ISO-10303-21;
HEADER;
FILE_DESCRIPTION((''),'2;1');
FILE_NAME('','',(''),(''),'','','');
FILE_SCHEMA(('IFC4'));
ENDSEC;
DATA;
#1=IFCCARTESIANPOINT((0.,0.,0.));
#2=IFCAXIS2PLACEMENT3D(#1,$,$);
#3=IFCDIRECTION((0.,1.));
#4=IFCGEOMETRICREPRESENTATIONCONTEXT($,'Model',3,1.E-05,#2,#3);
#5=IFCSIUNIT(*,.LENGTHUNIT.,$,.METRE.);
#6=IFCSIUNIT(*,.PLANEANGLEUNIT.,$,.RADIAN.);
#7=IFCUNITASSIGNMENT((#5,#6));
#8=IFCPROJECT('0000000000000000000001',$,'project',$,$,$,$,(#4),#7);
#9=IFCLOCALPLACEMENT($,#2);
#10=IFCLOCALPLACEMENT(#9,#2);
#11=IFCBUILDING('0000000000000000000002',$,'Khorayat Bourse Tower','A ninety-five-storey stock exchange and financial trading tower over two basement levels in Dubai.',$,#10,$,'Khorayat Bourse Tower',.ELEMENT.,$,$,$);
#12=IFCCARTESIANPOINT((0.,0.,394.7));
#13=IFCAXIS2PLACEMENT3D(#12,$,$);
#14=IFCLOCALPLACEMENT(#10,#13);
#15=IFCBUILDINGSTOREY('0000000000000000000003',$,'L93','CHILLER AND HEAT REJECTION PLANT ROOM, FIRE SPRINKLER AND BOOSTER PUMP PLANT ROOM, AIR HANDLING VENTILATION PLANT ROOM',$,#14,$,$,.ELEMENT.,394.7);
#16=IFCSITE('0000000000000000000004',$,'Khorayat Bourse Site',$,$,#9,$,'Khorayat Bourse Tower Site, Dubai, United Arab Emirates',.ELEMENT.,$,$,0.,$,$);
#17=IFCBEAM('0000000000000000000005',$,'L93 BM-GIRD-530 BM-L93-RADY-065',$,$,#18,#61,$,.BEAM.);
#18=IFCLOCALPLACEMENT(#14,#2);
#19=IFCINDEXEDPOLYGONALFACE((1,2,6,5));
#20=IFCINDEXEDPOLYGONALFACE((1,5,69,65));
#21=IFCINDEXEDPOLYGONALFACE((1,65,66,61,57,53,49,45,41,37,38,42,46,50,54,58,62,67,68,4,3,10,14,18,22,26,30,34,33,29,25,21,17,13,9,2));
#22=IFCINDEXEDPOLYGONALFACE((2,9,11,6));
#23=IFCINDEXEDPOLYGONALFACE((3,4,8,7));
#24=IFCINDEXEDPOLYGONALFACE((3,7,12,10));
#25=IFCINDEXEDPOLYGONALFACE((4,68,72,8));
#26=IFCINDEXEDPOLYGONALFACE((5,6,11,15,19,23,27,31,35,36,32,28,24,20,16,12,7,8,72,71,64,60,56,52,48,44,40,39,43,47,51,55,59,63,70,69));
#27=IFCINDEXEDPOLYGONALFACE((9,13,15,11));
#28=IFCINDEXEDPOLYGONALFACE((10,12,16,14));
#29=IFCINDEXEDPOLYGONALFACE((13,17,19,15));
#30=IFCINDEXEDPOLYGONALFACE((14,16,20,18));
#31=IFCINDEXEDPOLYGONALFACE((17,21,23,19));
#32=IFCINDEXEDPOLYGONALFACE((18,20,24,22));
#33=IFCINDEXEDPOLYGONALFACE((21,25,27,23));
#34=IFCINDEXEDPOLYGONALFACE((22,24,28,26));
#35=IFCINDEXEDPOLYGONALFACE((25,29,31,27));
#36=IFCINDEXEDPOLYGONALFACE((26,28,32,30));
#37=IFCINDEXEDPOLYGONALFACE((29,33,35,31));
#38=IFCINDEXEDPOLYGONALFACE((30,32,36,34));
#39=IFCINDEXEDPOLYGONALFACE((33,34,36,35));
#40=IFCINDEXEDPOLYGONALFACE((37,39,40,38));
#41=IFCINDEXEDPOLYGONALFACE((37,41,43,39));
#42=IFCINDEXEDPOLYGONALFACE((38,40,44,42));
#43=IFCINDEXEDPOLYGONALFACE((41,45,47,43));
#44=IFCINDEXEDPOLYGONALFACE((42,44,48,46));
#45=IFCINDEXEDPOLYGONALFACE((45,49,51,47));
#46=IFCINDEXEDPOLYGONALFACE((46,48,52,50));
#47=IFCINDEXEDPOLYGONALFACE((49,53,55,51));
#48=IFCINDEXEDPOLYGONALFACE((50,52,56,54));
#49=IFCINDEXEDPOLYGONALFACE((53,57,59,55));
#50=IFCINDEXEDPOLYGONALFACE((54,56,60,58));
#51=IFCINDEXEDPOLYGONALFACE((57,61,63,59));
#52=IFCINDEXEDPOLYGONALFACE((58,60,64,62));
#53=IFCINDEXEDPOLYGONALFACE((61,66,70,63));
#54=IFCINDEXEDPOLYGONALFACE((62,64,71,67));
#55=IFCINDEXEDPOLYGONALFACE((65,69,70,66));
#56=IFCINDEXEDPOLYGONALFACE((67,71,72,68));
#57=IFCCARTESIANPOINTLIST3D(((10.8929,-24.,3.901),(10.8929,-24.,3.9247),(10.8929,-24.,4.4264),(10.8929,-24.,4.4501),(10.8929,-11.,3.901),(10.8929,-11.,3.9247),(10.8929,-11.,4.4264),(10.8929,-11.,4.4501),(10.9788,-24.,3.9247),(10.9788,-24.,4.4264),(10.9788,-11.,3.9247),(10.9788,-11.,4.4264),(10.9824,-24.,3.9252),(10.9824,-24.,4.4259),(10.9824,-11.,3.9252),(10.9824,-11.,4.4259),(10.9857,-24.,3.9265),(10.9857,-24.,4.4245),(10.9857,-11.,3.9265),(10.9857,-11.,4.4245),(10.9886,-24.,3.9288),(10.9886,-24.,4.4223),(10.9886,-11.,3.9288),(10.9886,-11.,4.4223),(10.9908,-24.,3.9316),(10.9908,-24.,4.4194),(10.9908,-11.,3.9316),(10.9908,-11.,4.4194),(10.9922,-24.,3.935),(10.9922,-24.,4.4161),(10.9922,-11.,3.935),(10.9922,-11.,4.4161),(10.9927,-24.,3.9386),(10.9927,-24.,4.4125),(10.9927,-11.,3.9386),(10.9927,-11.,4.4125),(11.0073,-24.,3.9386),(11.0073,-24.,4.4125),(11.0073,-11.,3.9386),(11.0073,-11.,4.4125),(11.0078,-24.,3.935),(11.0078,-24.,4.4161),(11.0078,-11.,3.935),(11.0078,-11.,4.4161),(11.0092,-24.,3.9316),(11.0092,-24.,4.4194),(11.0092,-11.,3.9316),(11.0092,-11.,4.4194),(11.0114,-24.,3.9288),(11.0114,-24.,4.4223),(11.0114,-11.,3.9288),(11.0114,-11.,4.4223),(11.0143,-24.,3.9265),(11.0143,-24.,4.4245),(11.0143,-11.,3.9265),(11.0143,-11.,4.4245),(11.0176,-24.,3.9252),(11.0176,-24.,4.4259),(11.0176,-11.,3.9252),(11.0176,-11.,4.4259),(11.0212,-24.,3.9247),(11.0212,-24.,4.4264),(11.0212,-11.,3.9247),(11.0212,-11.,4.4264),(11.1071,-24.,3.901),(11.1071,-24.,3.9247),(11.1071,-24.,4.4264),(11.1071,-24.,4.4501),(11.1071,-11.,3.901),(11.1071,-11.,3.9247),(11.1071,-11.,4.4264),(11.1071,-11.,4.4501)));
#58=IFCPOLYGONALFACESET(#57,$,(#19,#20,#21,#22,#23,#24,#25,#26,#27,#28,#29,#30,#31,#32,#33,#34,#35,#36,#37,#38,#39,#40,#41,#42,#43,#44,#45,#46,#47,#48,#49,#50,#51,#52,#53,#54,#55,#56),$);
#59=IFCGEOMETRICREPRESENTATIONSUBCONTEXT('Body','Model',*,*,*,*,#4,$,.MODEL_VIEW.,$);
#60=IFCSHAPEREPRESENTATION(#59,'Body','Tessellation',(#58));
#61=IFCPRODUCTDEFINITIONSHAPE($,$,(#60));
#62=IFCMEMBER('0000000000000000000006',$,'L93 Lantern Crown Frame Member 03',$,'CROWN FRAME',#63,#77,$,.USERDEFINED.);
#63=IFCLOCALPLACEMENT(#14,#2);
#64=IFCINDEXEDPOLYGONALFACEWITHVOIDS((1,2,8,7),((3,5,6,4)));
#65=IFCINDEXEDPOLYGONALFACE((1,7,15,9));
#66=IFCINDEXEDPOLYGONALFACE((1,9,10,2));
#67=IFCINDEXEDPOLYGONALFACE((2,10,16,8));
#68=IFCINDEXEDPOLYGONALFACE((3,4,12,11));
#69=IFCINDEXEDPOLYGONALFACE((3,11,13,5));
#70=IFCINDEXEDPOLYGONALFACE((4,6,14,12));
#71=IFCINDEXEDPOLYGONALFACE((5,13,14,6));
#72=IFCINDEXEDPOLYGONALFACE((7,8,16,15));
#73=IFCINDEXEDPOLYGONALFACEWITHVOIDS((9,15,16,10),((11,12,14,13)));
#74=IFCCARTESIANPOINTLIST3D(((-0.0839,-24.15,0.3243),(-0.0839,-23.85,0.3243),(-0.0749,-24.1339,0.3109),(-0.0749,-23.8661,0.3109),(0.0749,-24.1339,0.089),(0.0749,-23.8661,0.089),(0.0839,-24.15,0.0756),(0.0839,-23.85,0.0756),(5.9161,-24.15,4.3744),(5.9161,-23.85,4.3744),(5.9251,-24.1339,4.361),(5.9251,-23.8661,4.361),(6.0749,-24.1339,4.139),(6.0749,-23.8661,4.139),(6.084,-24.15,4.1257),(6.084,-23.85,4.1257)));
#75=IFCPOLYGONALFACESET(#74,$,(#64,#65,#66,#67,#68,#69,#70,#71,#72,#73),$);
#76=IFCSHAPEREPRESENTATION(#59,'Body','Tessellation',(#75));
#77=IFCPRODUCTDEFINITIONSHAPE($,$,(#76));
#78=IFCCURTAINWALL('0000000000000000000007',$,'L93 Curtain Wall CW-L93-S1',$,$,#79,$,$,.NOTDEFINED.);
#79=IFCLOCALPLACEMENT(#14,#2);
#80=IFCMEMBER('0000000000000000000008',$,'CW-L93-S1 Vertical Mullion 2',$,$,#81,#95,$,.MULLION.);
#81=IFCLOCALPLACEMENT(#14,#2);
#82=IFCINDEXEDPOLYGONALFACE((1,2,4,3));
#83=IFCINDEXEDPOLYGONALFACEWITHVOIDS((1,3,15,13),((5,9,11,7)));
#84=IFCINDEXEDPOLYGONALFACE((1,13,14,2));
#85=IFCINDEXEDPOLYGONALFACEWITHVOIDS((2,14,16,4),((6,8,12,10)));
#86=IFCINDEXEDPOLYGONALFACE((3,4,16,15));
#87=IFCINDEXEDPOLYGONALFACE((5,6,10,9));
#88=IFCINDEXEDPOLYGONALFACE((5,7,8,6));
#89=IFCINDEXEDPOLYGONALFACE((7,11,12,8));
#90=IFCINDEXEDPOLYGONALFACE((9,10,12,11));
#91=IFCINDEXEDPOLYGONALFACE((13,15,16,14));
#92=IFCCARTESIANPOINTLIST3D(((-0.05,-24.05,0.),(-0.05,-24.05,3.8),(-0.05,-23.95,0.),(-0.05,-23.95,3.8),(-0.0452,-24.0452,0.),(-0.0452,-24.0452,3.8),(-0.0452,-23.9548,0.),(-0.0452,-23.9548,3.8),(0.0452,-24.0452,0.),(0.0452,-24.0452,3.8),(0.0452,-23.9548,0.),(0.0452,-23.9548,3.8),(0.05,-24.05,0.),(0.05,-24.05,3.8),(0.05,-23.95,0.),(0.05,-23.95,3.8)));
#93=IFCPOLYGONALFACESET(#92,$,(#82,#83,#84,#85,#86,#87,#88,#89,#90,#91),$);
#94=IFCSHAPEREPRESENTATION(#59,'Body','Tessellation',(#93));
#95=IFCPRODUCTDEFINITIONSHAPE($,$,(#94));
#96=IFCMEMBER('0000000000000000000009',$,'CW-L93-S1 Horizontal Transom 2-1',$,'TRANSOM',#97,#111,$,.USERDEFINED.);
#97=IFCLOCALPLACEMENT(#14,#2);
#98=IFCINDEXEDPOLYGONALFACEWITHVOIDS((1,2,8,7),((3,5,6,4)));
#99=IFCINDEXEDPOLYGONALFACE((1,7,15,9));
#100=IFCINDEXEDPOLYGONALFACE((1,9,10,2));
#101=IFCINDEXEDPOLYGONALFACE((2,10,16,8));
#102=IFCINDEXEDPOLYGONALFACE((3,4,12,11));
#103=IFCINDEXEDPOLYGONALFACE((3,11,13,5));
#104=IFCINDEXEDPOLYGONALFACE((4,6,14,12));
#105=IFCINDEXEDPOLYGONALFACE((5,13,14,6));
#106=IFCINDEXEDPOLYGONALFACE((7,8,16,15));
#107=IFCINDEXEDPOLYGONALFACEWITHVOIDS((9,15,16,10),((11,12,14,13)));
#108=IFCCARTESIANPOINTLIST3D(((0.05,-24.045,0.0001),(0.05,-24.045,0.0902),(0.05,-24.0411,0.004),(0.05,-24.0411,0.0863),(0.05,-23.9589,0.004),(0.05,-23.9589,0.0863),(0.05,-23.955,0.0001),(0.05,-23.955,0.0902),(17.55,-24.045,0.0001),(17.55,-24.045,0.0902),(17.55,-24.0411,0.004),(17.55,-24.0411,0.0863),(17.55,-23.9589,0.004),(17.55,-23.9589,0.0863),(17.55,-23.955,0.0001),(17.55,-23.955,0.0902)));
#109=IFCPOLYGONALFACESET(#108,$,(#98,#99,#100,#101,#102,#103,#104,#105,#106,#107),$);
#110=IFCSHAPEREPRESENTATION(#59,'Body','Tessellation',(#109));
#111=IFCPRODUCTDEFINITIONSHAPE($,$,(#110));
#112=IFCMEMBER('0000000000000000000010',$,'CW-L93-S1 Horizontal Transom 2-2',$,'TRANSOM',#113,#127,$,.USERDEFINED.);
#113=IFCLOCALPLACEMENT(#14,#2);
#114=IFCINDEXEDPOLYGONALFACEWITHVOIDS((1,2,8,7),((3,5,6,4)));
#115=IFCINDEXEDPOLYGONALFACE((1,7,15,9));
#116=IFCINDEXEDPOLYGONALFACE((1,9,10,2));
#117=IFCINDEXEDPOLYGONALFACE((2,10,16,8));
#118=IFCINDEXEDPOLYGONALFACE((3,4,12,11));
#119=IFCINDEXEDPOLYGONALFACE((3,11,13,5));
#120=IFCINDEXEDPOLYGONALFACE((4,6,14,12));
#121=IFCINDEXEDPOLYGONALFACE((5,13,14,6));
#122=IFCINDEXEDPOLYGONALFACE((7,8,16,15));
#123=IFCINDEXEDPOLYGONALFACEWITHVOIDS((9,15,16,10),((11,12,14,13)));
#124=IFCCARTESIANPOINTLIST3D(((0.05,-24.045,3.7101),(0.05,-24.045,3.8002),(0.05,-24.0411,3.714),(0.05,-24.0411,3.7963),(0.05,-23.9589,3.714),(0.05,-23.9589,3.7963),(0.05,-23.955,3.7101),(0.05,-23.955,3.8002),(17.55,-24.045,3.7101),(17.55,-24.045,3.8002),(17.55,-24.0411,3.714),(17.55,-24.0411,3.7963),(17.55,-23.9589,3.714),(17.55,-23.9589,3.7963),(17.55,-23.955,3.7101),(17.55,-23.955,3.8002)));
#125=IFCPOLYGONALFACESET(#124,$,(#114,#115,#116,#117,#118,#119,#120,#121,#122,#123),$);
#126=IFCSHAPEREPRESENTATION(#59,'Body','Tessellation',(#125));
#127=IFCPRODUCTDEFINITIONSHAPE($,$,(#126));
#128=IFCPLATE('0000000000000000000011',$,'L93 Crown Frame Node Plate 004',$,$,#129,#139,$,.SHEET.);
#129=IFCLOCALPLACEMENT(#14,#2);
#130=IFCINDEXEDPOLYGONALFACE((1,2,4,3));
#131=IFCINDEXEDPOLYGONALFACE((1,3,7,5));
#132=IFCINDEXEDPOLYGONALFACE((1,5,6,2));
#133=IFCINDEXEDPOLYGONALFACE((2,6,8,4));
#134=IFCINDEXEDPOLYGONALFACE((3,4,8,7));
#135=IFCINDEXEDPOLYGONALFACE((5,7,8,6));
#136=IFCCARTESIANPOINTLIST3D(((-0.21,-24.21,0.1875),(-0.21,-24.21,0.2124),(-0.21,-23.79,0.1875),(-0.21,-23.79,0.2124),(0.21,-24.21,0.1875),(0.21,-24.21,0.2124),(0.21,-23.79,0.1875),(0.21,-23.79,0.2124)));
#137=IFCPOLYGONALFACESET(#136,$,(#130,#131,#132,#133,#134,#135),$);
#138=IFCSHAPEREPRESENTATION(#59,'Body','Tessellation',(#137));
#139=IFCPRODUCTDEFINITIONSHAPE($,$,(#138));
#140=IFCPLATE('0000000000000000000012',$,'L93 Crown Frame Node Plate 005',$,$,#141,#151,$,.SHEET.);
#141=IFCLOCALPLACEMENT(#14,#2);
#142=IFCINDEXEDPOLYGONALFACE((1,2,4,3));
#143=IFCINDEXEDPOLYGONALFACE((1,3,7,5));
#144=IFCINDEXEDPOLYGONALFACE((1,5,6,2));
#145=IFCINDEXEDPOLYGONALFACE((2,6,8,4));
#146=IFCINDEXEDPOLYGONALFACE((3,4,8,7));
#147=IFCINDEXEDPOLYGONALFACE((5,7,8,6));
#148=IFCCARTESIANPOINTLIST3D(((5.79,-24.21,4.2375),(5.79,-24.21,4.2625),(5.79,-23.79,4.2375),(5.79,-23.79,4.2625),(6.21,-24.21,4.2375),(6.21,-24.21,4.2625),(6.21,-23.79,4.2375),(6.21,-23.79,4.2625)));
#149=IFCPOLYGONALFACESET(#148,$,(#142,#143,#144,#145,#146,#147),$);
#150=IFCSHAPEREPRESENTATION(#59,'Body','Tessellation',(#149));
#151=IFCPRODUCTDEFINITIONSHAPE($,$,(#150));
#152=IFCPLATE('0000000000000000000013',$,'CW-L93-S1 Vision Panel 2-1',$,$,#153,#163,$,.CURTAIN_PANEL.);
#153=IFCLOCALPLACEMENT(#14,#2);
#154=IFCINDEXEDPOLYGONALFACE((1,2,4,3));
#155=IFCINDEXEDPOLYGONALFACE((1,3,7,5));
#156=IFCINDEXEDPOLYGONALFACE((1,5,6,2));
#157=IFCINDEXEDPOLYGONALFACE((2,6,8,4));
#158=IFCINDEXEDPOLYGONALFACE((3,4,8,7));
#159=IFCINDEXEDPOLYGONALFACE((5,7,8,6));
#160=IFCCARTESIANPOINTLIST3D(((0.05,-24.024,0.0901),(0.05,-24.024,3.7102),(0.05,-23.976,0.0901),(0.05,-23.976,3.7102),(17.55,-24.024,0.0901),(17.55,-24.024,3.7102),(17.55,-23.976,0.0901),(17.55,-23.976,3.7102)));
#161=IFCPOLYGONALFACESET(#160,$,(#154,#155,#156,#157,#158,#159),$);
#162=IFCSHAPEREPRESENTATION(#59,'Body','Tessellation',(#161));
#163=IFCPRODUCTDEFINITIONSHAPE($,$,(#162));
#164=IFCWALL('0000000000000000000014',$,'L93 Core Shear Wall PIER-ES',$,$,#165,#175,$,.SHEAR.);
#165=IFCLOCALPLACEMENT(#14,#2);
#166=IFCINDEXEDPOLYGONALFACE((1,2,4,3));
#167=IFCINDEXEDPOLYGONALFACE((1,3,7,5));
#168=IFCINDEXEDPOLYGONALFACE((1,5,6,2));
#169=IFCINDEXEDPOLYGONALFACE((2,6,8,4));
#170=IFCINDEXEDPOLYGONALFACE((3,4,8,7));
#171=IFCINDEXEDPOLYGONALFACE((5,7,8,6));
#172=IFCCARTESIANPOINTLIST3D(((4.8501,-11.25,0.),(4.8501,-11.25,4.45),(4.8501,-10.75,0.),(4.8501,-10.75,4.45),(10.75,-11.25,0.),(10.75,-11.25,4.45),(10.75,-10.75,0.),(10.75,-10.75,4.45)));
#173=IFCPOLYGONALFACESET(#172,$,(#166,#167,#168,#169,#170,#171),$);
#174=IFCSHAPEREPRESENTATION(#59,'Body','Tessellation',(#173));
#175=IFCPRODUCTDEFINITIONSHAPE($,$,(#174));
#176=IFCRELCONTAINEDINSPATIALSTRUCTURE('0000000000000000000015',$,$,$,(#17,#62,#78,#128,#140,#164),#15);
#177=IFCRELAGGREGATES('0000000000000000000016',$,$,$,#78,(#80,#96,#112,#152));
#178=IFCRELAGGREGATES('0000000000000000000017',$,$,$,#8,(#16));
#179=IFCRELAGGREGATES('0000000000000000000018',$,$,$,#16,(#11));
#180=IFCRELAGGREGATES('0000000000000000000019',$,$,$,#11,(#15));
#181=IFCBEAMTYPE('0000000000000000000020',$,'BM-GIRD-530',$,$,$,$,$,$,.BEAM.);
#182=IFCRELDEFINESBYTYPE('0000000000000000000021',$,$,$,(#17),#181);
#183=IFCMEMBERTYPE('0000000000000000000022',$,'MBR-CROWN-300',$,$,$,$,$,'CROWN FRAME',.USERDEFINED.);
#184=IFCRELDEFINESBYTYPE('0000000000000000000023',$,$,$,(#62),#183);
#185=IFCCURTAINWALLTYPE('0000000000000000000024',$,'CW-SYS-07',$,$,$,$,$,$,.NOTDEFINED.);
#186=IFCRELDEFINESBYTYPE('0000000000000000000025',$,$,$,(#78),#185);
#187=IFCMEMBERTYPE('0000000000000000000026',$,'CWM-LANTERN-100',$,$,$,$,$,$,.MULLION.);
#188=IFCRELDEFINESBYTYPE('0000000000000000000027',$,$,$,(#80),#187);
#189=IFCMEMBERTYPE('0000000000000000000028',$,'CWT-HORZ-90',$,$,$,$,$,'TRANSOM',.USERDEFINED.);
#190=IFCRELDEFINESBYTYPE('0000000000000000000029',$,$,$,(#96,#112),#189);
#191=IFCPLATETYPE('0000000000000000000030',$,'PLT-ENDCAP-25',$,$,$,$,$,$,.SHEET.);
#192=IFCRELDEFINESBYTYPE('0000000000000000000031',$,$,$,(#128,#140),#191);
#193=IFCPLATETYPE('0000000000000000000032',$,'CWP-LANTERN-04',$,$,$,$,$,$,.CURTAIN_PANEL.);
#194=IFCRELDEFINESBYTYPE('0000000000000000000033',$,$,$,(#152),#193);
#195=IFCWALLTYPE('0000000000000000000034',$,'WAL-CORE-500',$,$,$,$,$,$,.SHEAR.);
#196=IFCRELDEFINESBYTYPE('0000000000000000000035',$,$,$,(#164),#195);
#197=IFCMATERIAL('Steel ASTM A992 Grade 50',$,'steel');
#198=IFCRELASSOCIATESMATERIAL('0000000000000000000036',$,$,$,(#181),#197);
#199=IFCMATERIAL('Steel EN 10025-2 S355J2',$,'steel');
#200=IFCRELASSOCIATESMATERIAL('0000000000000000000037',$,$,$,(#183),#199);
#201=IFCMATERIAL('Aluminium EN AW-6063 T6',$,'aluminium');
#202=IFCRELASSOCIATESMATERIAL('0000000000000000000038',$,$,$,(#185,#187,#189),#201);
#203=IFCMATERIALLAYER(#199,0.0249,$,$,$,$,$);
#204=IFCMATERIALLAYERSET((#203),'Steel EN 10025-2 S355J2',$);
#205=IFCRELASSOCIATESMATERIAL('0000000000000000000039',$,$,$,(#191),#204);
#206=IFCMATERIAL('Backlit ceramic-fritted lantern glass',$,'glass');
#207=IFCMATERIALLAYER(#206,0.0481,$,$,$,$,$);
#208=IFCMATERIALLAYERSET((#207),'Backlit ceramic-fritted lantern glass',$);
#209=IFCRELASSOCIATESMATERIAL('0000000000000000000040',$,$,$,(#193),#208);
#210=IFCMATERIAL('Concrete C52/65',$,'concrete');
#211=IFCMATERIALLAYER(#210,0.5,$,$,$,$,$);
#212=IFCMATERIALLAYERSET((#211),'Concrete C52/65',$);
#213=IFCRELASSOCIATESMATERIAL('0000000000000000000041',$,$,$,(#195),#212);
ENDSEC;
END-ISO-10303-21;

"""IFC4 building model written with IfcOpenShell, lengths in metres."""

from ifc_helpers import new_model, si_unit, direction, frame, frame_2d, origin, origin_2d, place, context, subcontext, project, spatial, rectangle, hollow_rectangle, i_section, extrude, source, transform, mapped, material, layer, layer_set, material_profile, profile_set, type_object, element, aggregate, save


model = new_model("IFC4")

# Units and contexts
model_context = context("Model", 3, precision=1e-05, world=origin(), true_north=direction((0.0, 1.0)))
body_context = subcontext(model_context, "Body", "Model", "MODEL_VIEW")
ifc_project = project(units=[si_unit("LENGTHUNIT", "METRE"), si_unit("PLANEANGLEUNIT", "RADIAN")], contexts=[model_context])

# Site, building, storey
site_placement = place(None, origin())
site = spatial("IfcSite", under=ifc_project, at=site_placement, Name="Khorayat Bourse Site", LongName="Khorayat Bourse Tower Site, Dubai, United Arab Emirates", CompositionType="ELEMENT", RefElevation=0.0)
building_placement = place(site_placement, origin())
building = spatial("IfcBuilding", under=site, at=building_placement, Name="Khorayat Bourse Tower", Description="A ninety-five-storey stock exchange and financial trading tower over two basement levels in Dubai.", LongName="Khorayat Bourse Tower", CompositionType="ELEMENT")
storey_placement = place(building_placement, frame((0.0, 0.0, 394.7)))
storey = spatial("IfcBuildingStorey", under=building, at=storey_placement, Name="L93", Description="CHILLER AND HEAT REJECTION PLANT ROOM, FIRE SPRINKLER AND BOOSTER PUMP PLANT ROOM, AIR HANDLING VENTILATION PLANT ROOM", CompositionType="ELEMENT", Elevation=394.7)

# Shared definitions
ifc_material_1 = material(Name="Concrete C52/65", Category="concrete")
ifc_material_2 = material(Name="Steel EN 10025-2 S355J2", Category="steel")

# Beam
ifc_material_3 = material(Name="Steel ASTM A992 Grade 50", Category="steel")
ifc_material_profile_1 = material_profile(ifc_material_3, i_section(OverallWidth=0.2141, OverallDepth=0.5491, WebThickness=0.0146, FlangeThickness=0.0237, FilletRadius=0.0139, at=origin_2d()), Name="W530X138")
ifc_profile_set_1 = profile_set([ifc_material_profile_1], Name="Steel ASTM A992 Grade 50")
beam_type_1 = type_object("IfcBeamType", Name="BM-GIRD-530", PredefinedType="BEAM", material=ifc_profile_set_1)
shared_shape_1 = source(origin(), body_context, "Body", "SweptSolid", [
    extrude(i_section(OverallWidth=0.2141, OverallDepth=0.5491, WebThickness=0.0146, FlangeThickness=0.0237, FilletRadius=0.0139, at=origin_2d()), origin(), (0.0, 0.0, 1.0), 13.0),
])
for number, where, z_axis, x_axis, name in (
    (1, (11.0, -24.0, 4.1755), (0.0, 1.0, 0.0), (-1.0, 0.0, 0.0), "L93 BM-GIRD-530 BM-L93-RADY-065"),
):
    element("IfcBeam", number, at=place(storey_placement, frame(where, z_axis=z_axis, x_axis=x_axis)), inside=storey, type_object=beam_type_1, Name=name, PredefinedType="BEAM", context=body_context, shape_type="MappedRepresentation", body=[
        mapped(shared_shape_1, transform((0.0, 0.0, 0.0), scale=1.0)),
    ])

# Member
ifc_material_profile_2 = material_profile(ifc_material_2, hollow_rectangle(XDim=0.3, YDim=0.3, WallThickness=0.0161, at=origin_2d()), Name="HSS 300x300x16")
ifc_profile_set_2 = profile_set([ifc_material_profile_2], Name="Steel EN 10025-2 S355J2")
member_type_1 = type_object("IfcMemberType", Name="MBR-CROWN-300", ElementType="CROWN FRAME", PredefinedType="USERDEFINED", material=ifc_profile_set_2)
shared_shape_2 = source(origin(), body_context, "Body", "SweptSolid", [
    extrude(hollow_rectangle(XDim=0.3, YDim=0.3, WallThickness=0.0161, at=origin_2d()), origin(), (0.0, 0.0, 1.0), 7.239),
])
member_1_placement = place(storey_placement, frame((0.0, -24.0, 0.2), z_axis=(0.828846, 0.0, 0.559477), x_axis=(0.0, 1.0, 0.0)))
element("IfcMember", 2, at=member_1_placement, inside=storey, type_object=member_type_1, Name="L93 Lantern Crown Frame Member 03", ObjectType="CROWN FRAME", PredefinedType="USERDEFINED", context=body_context, shape_type="MappedRepresentation", body=[
    mapped(shared_shape_2, transform((0.0, 0.0, 0.0), scale=1.0)),
])

# Curtain wall, members
ifc_material_4 = material(Name="Aluminium EN AW-6063 T6", Category="aluminium")
curtain_wall_type = type_object("IfcCurtainWallType", Name="CW-SYS-07", PredefinedType="NOTDEFINED", material=ifc_material_4)
curtain_wall_placement = place(storey_placement, origin())
curtain_wall = element("IfcCurtainWall", 3, at=curtain_wall_placement, inside=storey, type_object=curtain_wall_type, Name="L93 Curtain Wall CW-L93-S1", PredefinedType="NOTDEFINED")
ifc_material_profile_3 = material_profile(ifc_material_4, hollow_rectangle(XDim=0.1001, YDim=0.1001, WallThickness=0.0049, at=origin_2d()), Name="ALU 100x100x5")
ifc_profile_set_3 = profile_set([ifc_material_profile_3], Name="Aluminium EN AW-6063 T6")
member_type_2 = type_object("IfcMemberType", Name="CWM-LANTERN-100", PredefinedType="MULLION", material=ifc_profile_set_3)
shared_shape_3 = source(origin(), body_context, "Body", "SweptSolid", [
    extrude(hollow_rectangle(XDim=0.1001, YDim=0.1001, WallThickness=0.0049, at=origin_2d()), origin(), (0.0, 0.0, 1.0), 3.8),
])
member_2_placement = place(storey_placement, frame((0.0, -24.0, 0.0), z_axis=(0.0, 0.0, 1.0), x_axis=(0.0, 1.0, 0.0)))
member_2 = element("IfcMember", 4, at=member_2_placement, type_object=member_type_2, Name="CW-L93-S1 Vertical Mullion 2", PredefinedType="MULLION", context=body_context, shape_type="MappedRepresentation", body=[
    mapped(shared_shape_3, transform((0.0, 0.0, 0.0), scale=1.0)),
])
ifc_material_profile_4 = material_profile(ifc_material_4, hollow_rectangle(XDim=0.0901, YDim=0.0901, WallThickness=0.0039, at=origin_2d()), Name="ALU 90x90x4")
ifc_profile_set_4 = profile_set([ifc_material_profile_4], Name="Aluminium EN AW-6063 T6")
member_type_3 = type_object("IfcMemberType", Name="CWT-HORZ-90", ElementType="TRANSOM", PredefinedType="USERDEFINED", material=ifc_profile_set_4)
shared_shape_4 = source(origin(), body_context, "Body", "SweptSolid", [
    extrude(hollow_rectangle(XDim=0.0901, YDim=0.0901, WallThickness=0.0039, at=origin_2d()), origin(), (0.0, 0.0, 1.0), 17.5),
])
member_3_placement = place(storey_placement, frame((0.05, -24.0, 0.0452), z_axis=(1.0, 0.0, 0.0), x_axis=(0.0, 1.0, 0.0)))
member_3 = element("IfcMember", 5, at=member_3_placement, type_object=member_type_3, Name="CW-L93-S1 Horizontal Transom 2-1", ObjectType="TRANSOM", PredefinedType="USERDEFINED", context=body_context, shape_type="MappedRepresentation", body=[
    mapped(shared_shape_4, transform((0.0, 0.0, 0.0), scale=1.0)),
])
member_4_placement = place(storey_placement, frame((0.05, -24.0, 3.7551), z_axis=(1.0, 0.0, 0.0), x_axis=(0.0, 1.0, 0.0)))
member_4 = element("IfcMember", 6, at=member_4_placement, type_object=member_type_3, Name="CW-L93-S1 Horizontal Transom 2-2", ObjectType="TRANSOM", PredefinedType="USERDEFINED", context=body_context, shape_type="MappedRepresentation", body=[
    mapped(shared_shape_4, transform((0.0, 0.0, 0.0), scale=1.0)),
])

# Plates
ifc_layer_1 = layer(ifc_material_2, 0.0249)
ifc_layer_set_1 = layer_set([ifc_layer_1], Name="Steel EN 10025-2 S355J2")
plate_type_1 = type_object("IfcPlateType", Name="PLT-ENDCAP-25", PredefinedType="SHEET", material=ifc_layer_set_1)
shared_shape_5 = source(origin(), body_context, "Body", "SweptSolid", [
    extrude(rectangle(XDim=0.4199, YDim=0.4199, at=origin_2d()), origin(), (0.0, 0.0, 1.0), 0.0249),
])
for number, where, z_axis, x_axis, name in (
    (7, (0.0, -24.0, 0.1875), (0.0, 0.0, 1.0), (1.0, 0.0, 0.0), "L93 Crown Frame Node Plate 004"),
    (8, (6.0, -24.0, 4.2375), (0.0, 0.0, 1.0), (1.0, 0.0, 0.0), "L93 Crown Frame Node Plate 005"),
):
    element("IfcPlate", number, at=place(storey_placement, frame(where, z_axis=z_axis, x_axis=x_axis)), inside=storey, type_object=plate_type_1, Name=name, PredefinedType="SHEET", context=body_context, shape_type="MappedRepresentation", body=[
        mapped(shared_shape_5, transform((0.0, 0.0, 0.0), scale=1.0)),
    ])

# Plate
ifc_material_5 = material(Name="Backlit ceramic-fritted lantern glass", Category="glass")
ifc_layer_2 = layer(ifc_material_5, 0.0481)
ifc_layer_set_2 = layer_set([ifc_layer_2], Name="Backlit ceramic-fritted lantern glass")
plate_type_2 = type_object("IfcPlateType", Name="CWP-LANTERN-04", PredefinedType="CURTAIN_PANEL", material=ifc_layer_set_2)
shared_shape_6 = source(origin(), body_context, "Body", "SweptSolid", [
    extrude(rectangle(XDim=17.5, YDim=0.0481, at=origin_2d()), origin(), (0.0, 0.0, 1.0), 3.6201),
])
plate_placement = place(storey_placement, frame((8.8, -24.0, 0.0901), z_axis=(0.0, 0.0, 1.0), x_axis=(1.0, 0.0, 0.0)))
plate = element("IfcPlate", 9, at=plate_placement, type_object=plate_type_2, Name="CW-L93-S1 Vision Panel 2-1", PredefinedType="CURTAIN_PANEL", context=body_context, shape_type="MappedRepresentation", body=[
    mapped(shared_shape_6, transform((0.0, 0.0, 0.0), scale=1.0)),
])
aggregate(curtain_wall, [member_2, member_3, member_4, plate])

# Wall
ifc_layer_3 = layer(ifc_material_1, 0.5)
ifc_layer_set_3 = layer_set([ifc_layer_3], Name="Concrete C52/65")
wall_type_1 = type_object("IfcWallType", Name="WAL-CORE-500", PredefinedType="SHEAR", material=ifc_layer_set_3)
shared_shape_7 = source(origin(), body_context, "Body", "SweptSolid", [
    extrude(rectangle(XDim=5.8999, YDim=0.5, at=frame_2d((2.95, 0.0))), origin(), (0.0, 0.0, 1.0), 4.45),
])
wall_1_placement = place(storey_placement, frame((4.8501, -11.0, 0.0), z_axis=(0.0, 0.0, 1.0), x_axis=(1.0, 0.0, 0.0)))
element("IfcWall", 10, at=wall_1_placement, inside=storey, type_object=wall_type_1, Name="L93 Core Shear Wall PIER-ES", PredefinedType="SHEAR", context=body_context, shape_type="MappedRepresentation", body=[
    mapped(shared_shape_7, transform((0.0, 0.0, 0.0), scale=1.0)),
])

save(model, "model.ifc")
